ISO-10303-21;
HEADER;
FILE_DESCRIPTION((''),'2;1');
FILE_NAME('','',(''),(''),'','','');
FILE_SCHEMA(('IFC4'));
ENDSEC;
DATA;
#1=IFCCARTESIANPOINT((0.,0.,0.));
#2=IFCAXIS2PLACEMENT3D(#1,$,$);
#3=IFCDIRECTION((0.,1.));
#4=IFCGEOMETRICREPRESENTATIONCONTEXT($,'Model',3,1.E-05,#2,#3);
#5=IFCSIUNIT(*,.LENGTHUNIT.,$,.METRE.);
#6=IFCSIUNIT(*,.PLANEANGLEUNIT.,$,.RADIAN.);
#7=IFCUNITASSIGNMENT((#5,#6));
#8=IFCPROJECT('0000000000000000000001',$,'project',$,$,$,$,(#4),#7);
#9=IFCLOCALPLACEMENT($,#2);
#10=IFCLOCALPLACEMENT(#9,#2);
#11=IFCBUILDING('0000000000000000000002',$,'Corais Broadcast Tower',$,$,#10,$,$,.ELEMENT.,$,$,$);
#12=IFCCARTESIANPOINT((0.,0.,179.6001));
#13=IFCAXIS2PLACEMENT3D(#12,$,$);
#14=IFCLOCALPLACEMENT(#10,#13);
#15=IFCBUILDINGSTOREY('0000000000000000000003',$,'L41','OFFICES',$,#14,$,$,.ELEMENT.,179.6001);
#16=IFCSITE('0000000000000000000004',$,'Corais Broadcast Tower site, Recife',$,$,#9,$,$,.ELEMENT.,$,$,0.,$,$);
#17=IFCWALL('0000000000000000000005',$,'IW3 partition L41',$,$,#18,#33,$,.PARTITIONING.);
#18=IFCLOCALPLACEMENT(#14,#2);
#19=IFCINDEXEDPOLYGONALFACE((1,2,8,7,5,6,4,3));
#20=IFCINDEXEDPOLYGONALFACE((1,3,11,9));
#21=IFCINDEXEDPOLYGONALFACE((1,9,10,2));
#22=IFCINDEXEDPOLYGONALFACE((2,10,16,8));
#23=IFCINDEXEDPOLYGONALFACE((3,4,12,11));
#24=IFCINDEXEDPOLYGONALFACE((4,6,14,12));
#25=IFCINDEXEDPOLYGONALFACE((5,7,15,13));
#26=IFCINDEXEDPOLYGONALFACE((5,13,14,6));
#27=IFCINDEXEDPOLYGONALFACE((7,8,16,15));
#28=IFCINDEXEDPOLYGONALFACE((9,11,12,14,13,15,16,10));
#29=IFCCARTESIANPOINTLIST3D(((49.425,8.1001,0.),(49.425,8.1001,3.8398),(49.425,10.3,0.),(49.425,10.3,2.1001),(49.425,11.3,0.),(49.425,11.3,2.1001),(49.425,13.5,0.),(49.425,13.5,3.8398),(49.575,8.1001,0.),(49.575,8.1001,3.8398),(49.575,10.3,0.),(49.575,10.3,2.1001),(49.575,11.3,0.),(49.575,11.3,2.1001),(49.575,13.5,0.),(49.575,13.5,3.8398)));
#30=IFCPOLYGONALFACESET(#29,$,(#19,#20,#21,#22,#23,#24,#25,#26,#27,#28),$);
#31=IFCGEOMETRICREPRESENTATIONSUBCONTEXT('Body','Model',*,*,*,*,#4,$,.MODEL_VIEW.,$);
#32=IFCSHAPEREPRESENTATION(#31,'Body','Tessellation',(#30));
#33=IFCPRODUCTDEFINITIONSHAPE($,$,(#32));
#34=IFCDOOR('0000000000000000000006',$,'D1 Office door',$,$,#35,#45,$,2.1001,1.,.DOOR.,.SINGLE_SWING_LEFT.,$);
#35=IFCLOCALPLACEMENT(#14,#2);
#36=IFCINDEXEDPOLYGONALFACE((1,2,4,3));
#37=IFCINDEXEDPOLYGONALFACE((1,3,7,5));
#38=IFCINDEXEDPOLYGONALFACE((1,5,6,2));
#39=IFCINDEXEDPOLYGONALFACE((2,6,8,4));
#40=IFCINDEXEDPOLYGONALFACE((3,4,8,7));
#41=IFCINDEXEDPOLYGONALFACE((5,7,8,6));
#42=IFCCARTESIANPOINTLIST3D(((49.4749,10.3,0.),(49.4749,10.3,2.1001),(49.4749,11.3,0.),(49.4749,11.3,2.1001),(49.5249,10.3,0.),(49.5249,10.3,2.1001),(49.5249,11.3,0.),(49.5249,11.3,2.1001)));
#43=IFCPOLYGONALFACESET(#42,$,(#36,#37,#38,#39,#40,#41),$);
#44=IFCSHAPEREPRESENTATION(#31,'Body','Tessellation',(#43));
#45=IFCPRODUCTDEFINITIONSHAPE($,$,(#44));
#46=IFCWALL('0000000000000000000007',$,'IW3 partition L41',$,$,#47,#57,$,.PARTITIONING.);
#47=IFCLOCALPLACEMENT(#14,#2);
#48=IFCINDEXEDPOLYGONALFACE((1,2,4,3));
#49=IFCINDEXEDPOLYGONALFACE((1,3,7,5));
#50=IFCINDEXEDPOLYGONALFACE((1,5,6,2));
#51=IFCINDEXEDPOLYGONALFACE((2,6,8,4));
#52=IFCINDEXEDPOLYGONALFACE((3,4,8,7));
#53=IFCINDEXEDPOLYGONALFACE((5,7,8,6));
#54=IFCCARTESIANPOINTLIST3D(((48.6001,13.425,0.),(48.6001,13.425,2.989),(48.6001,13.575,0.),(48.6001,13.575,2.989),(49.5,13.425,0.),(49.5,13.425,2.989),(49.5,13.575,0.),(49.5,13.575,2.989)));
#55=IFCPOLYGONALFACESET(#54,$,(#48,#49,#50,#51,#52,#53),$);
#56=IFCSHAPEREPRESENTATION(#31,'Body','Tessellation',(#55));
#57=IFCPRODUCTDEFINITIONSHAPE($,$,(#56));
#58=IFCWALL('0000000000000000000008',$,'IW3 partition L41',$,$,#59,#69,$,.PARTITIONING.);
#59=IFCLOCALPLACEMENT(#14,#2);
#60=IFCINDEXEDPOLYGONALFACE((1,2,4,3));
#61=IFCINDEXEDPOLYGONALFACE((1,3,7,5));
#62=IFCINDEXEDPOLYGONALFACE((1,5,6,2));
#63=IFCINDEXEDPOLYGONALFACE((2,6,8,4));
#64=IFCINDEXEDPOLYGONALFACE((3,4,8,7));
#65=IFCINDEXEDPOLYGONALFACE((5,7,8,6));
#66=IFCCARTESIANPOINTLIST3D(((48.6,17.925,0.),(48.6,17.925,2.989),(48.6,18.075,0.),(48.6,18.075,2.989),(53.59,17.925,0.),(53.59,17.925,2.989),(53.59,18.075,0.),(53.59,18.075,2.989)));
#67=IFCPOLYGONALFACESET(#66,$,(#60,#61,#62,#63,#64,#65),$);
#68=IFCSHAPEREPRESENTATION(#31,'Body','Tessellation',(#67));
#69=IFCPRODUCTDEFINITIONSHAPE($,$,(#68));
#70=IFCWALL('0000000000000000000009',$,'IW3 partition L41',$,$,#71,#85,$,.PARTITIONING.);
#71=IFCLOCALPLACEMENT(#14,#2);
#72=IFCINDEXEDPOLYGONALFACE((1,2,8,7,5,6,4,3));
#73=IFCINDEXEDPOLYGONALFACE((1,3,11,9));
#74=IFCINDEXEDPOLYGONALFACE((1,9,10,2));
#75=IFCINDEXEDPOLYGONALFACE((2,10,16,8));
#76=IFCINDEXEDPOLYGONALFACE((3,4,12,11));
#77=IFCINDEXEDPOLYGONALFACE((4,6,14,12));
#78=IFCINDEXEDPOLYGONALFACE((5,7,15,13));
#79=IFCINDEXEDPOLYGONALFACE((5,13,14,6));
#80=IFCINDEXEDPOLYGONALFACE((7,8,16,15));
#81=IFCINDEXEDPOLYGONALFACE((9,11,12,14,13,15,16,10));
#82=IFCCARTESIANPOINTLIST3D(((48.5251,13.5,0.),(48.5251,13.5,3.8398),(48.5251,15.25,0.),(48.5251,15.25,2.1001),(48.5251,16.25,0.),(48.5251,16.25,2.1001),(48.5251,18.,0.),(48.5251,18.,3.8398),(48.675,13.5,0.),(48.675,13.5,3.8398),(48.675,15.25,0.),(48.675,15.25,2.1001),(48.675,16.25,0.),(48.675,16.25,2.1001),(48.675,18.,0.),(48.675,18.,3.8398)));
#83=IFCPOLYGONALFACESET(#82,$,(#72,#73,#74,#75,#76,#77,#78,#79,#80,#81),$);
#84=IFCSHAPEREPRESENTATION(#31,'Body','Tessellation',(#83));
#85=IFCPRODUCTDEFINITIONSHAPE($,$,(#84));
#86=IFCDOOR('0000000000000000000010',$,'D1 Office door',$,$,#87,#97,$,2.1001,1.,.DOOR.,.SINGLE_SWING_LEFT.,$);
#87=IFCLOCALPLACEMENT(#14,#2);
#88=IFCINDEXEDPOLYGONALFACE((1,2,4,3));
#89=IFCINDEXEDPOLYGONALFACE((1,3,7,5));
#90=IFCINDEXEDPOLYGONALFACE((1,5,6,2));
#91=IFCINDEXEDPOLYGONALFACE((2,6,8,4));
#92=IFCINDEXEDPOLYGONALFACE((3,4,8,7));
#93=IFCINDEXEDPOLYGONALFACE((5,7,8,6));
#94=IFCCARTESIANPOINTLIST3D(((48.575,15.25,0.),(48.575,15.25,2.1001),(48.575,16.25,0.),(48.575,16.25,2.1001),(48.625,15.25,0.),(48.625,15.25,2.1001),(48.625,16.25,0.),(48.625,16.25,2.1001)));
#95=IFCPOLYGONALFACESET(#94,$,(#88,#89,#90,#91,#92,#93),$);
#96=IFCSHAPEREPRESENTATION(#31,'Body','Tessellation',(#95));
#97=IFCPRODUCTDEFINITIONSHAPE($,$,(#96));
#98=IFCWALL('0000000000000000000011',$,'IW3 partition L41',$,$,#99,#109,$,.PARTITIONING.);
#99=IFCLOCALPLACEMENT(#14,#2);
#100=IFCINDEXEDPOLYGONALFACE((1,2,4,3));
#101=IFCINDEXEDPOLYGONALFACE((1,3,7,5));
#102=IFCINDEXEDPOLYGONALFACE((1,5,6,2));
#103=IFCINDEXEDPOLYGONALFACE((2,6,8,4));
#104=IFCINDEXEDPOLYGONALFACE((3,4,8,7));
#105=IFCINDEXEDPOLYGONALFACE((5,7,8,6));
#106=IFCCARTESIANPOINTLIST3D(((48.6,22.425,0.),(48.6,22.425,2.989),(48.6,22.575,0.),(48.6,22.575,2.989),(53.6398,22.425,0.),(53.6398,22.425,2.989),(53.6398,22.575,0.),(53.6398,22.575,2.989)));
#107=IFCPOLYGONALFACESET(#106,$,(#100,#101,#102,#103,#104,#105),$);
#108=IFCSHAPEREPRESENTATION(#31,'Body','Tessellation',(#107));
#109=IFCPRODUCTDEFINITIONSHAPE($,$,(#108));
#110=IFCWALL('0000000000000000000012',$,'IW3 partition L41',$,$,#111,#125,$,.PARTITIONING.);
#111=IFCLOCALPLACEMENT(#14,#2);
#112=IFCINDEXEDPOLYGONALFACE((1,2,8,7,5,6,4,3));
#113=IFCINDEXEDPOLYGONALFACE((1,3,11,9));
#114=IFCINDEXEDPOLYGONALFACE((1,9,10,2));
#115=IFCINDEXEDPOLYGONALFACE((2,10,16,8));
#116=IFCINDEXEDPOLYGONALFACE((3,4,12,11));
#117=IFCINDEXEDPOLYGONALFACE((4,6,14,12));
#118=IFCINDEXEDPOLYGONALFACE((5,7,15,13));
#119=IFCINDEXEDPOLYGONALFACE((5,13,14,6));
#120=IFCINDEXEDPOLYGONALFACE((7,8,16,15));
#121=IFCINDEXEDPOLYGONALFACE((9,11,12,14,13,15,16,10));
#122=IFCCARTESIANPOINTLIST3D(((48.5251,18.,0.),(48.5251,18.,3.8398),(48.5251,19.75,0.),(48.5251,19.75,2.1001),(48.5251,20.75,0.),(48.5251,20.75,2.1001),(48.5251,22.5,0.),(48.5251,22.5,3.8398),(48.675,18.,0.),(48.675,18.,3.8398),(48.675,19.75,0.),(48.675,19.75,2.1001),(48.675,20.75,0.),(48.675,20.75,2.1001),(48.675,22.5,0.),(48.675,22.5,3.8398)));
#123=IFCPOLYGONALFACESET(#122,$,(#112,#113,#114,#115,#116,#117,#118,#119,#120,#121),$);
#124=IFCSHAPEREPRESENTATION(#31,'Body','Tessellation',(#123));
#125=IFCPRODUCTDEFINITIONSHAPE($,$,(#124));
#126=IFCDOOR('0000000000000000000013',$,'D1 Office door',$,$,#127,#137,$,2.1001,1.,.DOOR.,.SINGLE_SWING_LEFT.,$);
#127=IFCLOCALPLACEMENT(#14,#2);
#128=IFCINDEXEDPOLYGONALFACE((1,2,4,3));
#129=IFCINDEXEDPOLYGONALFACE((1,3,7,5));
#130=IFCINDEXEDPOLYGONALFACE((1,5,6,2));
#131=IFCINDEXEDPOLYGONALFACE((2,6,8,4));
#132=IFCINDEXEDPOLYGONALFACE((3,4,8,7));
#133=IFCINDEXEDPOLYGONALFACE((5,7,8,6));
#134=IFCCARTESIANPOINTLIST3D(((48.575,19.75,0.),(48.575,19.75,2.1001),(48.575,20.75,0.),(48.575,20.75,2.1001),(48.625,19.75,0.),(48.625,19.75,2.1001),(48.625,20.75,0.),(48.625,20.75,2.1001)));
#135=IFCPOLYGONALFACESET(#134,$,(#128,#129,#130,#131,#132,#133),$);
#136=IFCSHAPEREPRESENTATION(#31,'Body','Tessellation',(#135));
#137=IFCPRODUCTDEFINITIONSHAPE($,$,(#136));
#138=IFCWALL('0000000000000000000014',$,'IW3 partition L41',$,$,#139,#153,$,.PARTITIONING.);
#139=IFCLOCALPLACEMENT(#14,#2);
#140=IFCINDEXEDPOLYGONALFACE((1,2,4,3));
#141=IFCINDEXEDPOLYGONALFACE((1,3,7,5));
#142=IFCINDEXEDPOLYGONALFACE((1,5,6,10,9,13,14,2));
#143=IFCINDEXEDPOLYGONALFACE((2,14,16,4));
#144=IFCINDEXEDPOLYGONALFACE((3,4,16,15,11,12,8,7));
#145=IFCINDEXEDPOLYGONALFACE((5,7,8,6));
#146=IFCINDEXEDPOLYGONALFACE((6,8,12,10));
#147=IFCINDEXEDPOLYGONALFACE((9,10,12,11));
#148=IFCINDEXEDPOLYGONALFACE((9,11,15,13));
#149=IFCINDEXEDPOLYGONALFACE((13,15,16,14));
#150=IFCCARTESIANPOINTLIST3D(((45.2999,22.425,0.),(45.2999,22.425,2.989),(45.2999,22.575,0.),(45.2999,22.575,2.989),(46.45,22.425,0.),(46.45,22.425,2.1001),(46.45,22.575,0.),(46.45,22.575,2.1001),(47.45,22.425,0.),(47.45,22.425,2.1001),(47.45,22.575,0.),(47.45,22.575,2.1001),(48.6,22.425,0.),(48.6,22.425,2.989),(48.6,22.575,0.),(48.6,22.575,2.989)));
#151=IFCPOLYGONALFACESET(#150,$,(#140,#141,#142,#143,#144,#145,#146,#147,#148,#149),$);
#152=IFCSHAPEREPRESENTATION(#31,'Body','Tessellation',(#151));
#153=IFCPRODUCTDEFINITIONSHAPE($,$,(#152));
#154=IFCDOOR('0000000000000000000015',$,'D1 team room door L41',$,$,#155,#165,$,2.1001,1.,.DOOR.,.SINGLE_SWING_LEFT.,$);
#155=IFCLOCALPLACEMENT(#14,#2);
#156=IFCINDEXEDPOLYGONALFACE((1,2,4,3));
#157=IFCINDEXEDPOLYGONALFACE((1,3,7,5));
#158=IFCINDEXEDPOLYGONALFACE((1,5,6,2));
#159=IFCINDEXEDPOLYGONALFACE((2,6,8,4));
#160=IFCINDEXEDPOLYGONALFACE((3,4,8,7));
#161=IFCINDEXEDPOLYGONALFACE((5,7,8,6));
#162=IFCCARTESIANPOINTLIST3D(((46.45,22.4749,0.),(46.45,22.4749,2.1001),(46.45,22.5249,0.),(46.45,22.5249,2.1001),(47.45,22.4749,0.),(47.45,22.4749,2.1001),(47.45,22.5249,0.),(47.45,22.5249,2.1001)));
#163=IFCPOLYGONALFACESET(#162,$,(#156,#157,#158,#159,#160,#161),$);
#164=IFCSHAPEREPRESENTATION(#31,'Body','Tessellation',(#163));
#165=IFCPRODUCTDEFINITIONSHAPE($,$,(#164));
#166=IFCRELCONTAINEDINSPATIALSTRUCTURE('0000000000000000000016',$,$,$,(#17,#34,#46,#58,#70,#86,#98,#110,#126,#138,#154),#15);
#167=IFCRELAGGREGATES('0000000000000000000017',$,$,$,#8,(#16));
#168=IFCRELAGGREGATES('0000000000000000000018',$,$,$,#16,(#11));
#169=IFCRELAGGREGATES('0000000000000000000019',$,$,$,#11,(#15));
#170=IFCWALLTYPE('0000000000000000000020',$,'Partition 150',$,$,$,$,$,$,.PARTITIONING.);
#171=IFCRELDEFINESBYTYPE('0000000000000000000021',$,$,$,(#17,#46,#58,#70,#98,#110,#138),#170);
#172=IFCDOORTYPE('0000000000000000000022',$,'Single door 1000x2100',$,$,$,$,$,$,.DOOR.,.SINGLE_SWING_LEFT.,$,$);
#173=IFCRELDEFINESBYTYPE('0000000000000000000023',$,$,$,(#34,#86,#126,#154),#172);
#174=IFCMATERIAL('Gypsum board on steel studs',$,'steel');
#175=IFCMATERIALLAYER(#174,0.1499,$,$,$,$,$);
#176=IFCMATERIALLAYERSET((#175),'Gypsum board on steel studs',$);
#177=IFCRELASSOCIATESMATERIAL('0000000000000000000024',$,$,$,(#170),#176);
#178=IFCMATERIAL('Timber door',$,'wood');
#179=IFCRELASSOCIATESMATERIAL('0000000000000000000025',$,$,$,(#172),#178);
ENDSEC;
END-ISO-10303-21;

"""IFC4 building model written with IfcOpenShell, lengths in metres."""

from ifc_helpers import new_model, si_unit, direction, frame, frame_2d, origin, place, context, subcontext, project, spatial, rectangle, extrude, material, layer, layer_set, type_object, element, fill, save


model = new_model("IFC4")

# Units and contexts
model_context = context("Model", 3, precision=1e-05, world=origin(), true_north=direction((0.0, 1.0)))
body_context = subcontext(model_context, "Body", "Model", "MODEL_VIEW")
ifc_project = project(units=[si_unit("LENGTHUNIT", "METRE"), si_unit("PLANEANGLEUNIT", "RADIAN")], contexts=[model_context])

# Site, building, storey
site_placement = place(None, origin())
site = spatial("IfcSite", under=ifc_project, at=site_placement, Name="Corais Broadcast Tower site, Recife", CompositionType="ELEMENT", RefElevation=0.0)
building_placement = place(site_placement, origin())
building = spatial("IfcBuilding", under=site, at=building_placement, Name="Corais Broadcast Tower", CompositionType="ELEMENT")
storey_placement = place(building_placement, frame((0.0, 0.0, 179.6001)))
storey = spatial("IfcBuildingStorey", under=building, at=storey_placement, Name="L41", Description="OFFICES", CompositionType="ELEMENT", Elevation=179.6001)

# Shared definitions
ifc_material_1 = material(Name="Gypsum board on steel studs", Category="steel")
ifc_layer_1 = layer(ifc_material_1, 0.1499)
ifc_layer_set_1 = layer_set([ifc_layer_1], Name="Gypsum board on steel studs")
wall_type = type_object("IfcWallType", Name="Partition 150", PredefinedType="PARTITIONING", material=ifc_layer_set_1)
ifc_material_2 = material(Name="Timber door", Category="wood")
door_type = type_object("IfcDoorType", Name="Single door 1000x2100", OperationType="SINGLE_SWING_LEFT", PredefinedType="DOOR", material=ifc_material_2)

# Wall, opening, door
wall_1_placement = place(storey_placement, frame((49.5, 13.5, 0.0), z_axis=(0.0, 0.0, 1.0), x_axis=(0.0, -1.0, 0.0)))
wall_1 = element("IfcWall", 1, at=wall_1_placement, inside=storey, type_object=wall_type, Name="IW3 partition L41", PredefinedType="PARTITIONING", context=body_context, shape_type="SweptSolid", body=[
    extrude(rectangle(XDim=5.3999, YDim=0.1499, at=frame_2d((2.7, 0.0))), origin(), (0.0, 0.0, 1.0), 3.8398),
])
opening_1_placement = place(wall_1_placement, frame((2.2, 0.0, 0.0)))
opening_1 = element("IfcOpeningElement", 2, at=opening_1_placement, cuts=wall_1, PredefinedType="OPENING", context=body_context, shape_type="SweptSolid", body=[
    extrude(rectangle(XDim=1.0, YDim=2.1001, at=frame_2d((0.5, 1.05))), frame((0.0, 0.085, 0.0), z_axis=(0.0, -1.0, 0.0), x_axis=(1.0, 0.0, 0.0)), (0.0, 0.0, 1.0), 0.1699),
])
door_1_placement = place(opening_1_placement, origin())
door_1 = element("IfcDoor", 3, at=door_1_placement, inside=storey, type_object=door_type, Name="D1 Office door", OperationType="SINGLE_SWING_LEFT", OverallHeight=2.1001, OverallWidth=1.0, PredefinedType="DOOR", context=body_context, shape_type="SweptSolid", body=[
    extrude(rectangle(XDim=1.0, YDim=2.1001, at=frame_2d((0.5, 1.05))), frame((0.0, 0.0249, 0.0), z_axis=(0.0, -1.0, 0.0), x_axis=(1.0, 0.0, 0.0)), (0.0, 0.0, 1.0), 0.05),
])
fill(opening_1, door_1)

# Walls
wall_2_placement = place(storey_placement, frame((48.6001, 13.5, 0.0), z_axis=(0.0, 0.0, 1.0), x_axis=(1.0, 0.0, 0.0)))
element("IfcWall", 4, at=wall_2_placement, inside=storey, type_object=wall_type, Name="IW3 partition L41", PredefinedType="PARTITIONING", context=body_context, shape_type="SweptSolid", body=[
    extrude(rectangle(XDim=0.8999, YDim=0.1499, at=frame_2d((0.45, 0.0))), origin(), (0.0, 0.0, 1.0), 2.989),
])
wall_3_placement = place(storey_placement, frame((53.5901, 18.0, 0.0), z_axis=(0.0, 0.0, 1.0), x_axis=(-1.0, 0.0, 0.0)))
element("IfcWall", 5, at=wall_3_placement, inside=storey, type_object=wall_type, Name="IW3 partition L41", PredefinedType="PARTITIONING", context=body_context, shape_type="SweptSolid", body=[
    extrude(rectangle(XDim=4.99, YDim=0.1499, at=frame_2d((2.4951, 0.0))), origin(), (0.0, 0.0, 1.0), 2.989),
])

# Wall, opening, door
wall_4_placement = place(storey_placement, frame((48.6001, 18.0, 0.0), z_axis=(0.0, 0.0, 1.0), x_axis=(0.0, -1.0, 0.0)))
wall_4 = element("IfcWall", 6, at=wall_4_placement, inside=storey, type_object=wall_type, Name="IW3 partition L41", PredefinedType="PARTITIONING", context=body_context, shape_type="SweptSolid", body=[
    extrude(rectangle(XDim=4.5, YDim=0.1499, at=frame_2d((2.25, 0.0))), origin(), (0.0, 0.0, 1.0), 3.8398),
])
opening_2_placement = place(wall_4_placement, frame((1.75, 0.0, 0.0)))
opening_2 = element("IfcOpeningElement", 7, at=opening_2_placement, cuts=wall_4, PredefinedType="OPENING", context=body_context, shape_type="SweptSolid", body=[
    extrude(rectangle(XDim=1.0, YDim=2.1001, at=frame_2d((0.5, 1.05))), frame((0.0, 0.085, 0.0), z_axis=(0.0, -1.0, 0.0), x_axis=(1.0, 0.0, 0.0)), (0.0, 0.0, 1.0), 0.1699),
])
door_2_placement = place(opening_2_placement, origin())
door_2 = element("IfcDoor", 8, at=door_2_placement, inside=storey, type_object=door_type, Name="D1 Office door", OperationType="SINGLE_SWING_LEFT", OverallHeight=2.1001, OverallWidth=1.0, PredefinedType="DOOR", context=body_context, shape_type="SweptSolid", body=[
    extrude(rectangle(XDim=1.0, YDim=2.1001, at=frame_2d((0.5, 1.05))), frame((0.0, 0.0249, 0.0), z_axis=(0.0, -1.0, 0.0), x_axis=(1.0, 0.0, 0.0)), (0.0, 0.0, 1.0), 0.05),
])
fill(opening_2, door_2)

# Wall
wall_5_placement = place(storey_placement, frame((53.6399, 22.5, 0.0), z_axis=(0.0, 0.0, 1.0), x_axis=(-1.0, 0.0, 0.0)))
element("IfcWall", 9, at=wall_5_placement, inside=storey, type_object=wall_type, Name="IW3 partition L41", PredefinedType="PARTITIONING", context=body_context, shape_type="SweptSolid", body=[
    extrude(rectangle(XDim=5.0398, YDim=0.1499, at=frame_2d((2.52, 0.0))), origin(), (0.0, 0.0, 1.0), 2.989),
])

# Walls, openings, doors
wall_6_placement = place(storey_placement, frame((48.6001, 22.5, 0.0), z_axis=(0.0, 0.0, 1.0), x_axis=(0.0, -1.0, 0.0)))
wall_6 = element("IfcWall", 10, at=wall_6_placement, inside=storey, type_object=wall_type, Name="IW3 partition L41", PredefinedType="PARTITIONING", context=body_context, shape_type="SweptSolid", body=[
    extrude(rectangle(XDim=4.5, YDim=0.1499, at=frame_2d((2.25, 0.0))), origin(), (0.0, 0.0, 1.0), 3.8398),
])
opening_3_placement = place(wall_6_placement, frame((1.75, 0.0, 0.0)))
opening_3 = element("IfcOpeningElement", 11, at=opening_3_placement, cuts=wall_6, PredefinedType="OPENING", context=body_context, shape_type="SweptSolid", body=[
    extrude(rectangle(XDim=1.0, YDim=2.1001, at=frame_2d((0.5, 1.05))), frame((0.0, 0.085, 0.0), z_axis=(0.0, -1.0, 0.0), x_axis=(1.0, 0.0, 0.0)), (0.0, 0.0, 1.0), 0.1699),
])
door_3_placement = place(opening_3_placement, origin())
door_3 = element("IfcDoor", 12, at=door_3_placement, inside=storey, type_object=door_type, Name="D1 Office door", OperationType="SINGLE_SWING_LEFT", OverallHeight=2.1001, OverallWidth=1.0, PredefinedType="DOOR", context=body_context, shape_type="SweptSolid", body=[
    extrude(rectangle(XDim=1.0, YDim=2.1001, at=frame_2d((0.5, 1.05))), frame((0.0, 0.0249, 0.0), z_axis=(0.0, -1.0, 0.0), x_axis=(1.0, 0.0, 0.0)), (0.0, 0.0, 1.0), 0.05),
])
fill(opening_3, door_3)
wall_7_placement = place(storey_placement, frame((45.3, 22.5, 0.0), z_axis=(0.0, 0.0, 1.0), x_axis=(1.0, 0.0, 0.0)))
wall_7 = element("IfcWall", 13, at=wall_7_placement, inside=storey, type_object=wall_type, Name="IW3 partition L41", PredefinedType="PARTITIONING", context=body_context, shape_type="SweptSolid", body=[
    extrude(rectangle(XDim=3.3, YDim=0.1499, at=frame_2d((1.6499, 0.0))), origin(), (0.0, 0.0, 1.0), 2.989),
])
opening_4_placement = place(wall_7_placement, frame((1.1499, 0.0, 0.0)))
opening_4 = element("IfcOpeningElement", 14, at=opening_4_placement, cuts=wall_7, PredefinedType="OPENING", context=body_context, shape_type="SweptSolid", body=[
    extrude(rectangle(XDim=1.0, YDim=2.1001, at=frame_2d((0.5, 1.05))), frame((0.0, 0.085, 0.0), z_axis=(0.0, -1.0, 0.0), x_axis=(1.0, 0.0, 0.0)), (0.0, 0.0, 1.0), 0.1699),
])
door_4_placement = place(opening_4_placement, origin())
door_4 = element("IfcDoor", 15, at=door_4_placement, inside=storey, type_object=door_type, Name="D1 team room door L41", OperationType="SINGLE_SWING_LEFT", OverallHeight=2.1001, OverallWidth=1.0, PredefinedType="DOOR", context=body_context, shape_type="SweptSolid", body=[
    extrude(rectangle(XDim=1.0, YDim=2.1001, at=frame_2d((0.5, 1.05))), frame((0.0, 0.0249, 0.0), z_axis=(0.0, -1.0, 0.0), x_axis=(1.0, 0.0, 0.0)), (0.0, 0.0, 1.0), 0.05),
])
fill(opening_4, door_4)

save(model, "model.ifc")
